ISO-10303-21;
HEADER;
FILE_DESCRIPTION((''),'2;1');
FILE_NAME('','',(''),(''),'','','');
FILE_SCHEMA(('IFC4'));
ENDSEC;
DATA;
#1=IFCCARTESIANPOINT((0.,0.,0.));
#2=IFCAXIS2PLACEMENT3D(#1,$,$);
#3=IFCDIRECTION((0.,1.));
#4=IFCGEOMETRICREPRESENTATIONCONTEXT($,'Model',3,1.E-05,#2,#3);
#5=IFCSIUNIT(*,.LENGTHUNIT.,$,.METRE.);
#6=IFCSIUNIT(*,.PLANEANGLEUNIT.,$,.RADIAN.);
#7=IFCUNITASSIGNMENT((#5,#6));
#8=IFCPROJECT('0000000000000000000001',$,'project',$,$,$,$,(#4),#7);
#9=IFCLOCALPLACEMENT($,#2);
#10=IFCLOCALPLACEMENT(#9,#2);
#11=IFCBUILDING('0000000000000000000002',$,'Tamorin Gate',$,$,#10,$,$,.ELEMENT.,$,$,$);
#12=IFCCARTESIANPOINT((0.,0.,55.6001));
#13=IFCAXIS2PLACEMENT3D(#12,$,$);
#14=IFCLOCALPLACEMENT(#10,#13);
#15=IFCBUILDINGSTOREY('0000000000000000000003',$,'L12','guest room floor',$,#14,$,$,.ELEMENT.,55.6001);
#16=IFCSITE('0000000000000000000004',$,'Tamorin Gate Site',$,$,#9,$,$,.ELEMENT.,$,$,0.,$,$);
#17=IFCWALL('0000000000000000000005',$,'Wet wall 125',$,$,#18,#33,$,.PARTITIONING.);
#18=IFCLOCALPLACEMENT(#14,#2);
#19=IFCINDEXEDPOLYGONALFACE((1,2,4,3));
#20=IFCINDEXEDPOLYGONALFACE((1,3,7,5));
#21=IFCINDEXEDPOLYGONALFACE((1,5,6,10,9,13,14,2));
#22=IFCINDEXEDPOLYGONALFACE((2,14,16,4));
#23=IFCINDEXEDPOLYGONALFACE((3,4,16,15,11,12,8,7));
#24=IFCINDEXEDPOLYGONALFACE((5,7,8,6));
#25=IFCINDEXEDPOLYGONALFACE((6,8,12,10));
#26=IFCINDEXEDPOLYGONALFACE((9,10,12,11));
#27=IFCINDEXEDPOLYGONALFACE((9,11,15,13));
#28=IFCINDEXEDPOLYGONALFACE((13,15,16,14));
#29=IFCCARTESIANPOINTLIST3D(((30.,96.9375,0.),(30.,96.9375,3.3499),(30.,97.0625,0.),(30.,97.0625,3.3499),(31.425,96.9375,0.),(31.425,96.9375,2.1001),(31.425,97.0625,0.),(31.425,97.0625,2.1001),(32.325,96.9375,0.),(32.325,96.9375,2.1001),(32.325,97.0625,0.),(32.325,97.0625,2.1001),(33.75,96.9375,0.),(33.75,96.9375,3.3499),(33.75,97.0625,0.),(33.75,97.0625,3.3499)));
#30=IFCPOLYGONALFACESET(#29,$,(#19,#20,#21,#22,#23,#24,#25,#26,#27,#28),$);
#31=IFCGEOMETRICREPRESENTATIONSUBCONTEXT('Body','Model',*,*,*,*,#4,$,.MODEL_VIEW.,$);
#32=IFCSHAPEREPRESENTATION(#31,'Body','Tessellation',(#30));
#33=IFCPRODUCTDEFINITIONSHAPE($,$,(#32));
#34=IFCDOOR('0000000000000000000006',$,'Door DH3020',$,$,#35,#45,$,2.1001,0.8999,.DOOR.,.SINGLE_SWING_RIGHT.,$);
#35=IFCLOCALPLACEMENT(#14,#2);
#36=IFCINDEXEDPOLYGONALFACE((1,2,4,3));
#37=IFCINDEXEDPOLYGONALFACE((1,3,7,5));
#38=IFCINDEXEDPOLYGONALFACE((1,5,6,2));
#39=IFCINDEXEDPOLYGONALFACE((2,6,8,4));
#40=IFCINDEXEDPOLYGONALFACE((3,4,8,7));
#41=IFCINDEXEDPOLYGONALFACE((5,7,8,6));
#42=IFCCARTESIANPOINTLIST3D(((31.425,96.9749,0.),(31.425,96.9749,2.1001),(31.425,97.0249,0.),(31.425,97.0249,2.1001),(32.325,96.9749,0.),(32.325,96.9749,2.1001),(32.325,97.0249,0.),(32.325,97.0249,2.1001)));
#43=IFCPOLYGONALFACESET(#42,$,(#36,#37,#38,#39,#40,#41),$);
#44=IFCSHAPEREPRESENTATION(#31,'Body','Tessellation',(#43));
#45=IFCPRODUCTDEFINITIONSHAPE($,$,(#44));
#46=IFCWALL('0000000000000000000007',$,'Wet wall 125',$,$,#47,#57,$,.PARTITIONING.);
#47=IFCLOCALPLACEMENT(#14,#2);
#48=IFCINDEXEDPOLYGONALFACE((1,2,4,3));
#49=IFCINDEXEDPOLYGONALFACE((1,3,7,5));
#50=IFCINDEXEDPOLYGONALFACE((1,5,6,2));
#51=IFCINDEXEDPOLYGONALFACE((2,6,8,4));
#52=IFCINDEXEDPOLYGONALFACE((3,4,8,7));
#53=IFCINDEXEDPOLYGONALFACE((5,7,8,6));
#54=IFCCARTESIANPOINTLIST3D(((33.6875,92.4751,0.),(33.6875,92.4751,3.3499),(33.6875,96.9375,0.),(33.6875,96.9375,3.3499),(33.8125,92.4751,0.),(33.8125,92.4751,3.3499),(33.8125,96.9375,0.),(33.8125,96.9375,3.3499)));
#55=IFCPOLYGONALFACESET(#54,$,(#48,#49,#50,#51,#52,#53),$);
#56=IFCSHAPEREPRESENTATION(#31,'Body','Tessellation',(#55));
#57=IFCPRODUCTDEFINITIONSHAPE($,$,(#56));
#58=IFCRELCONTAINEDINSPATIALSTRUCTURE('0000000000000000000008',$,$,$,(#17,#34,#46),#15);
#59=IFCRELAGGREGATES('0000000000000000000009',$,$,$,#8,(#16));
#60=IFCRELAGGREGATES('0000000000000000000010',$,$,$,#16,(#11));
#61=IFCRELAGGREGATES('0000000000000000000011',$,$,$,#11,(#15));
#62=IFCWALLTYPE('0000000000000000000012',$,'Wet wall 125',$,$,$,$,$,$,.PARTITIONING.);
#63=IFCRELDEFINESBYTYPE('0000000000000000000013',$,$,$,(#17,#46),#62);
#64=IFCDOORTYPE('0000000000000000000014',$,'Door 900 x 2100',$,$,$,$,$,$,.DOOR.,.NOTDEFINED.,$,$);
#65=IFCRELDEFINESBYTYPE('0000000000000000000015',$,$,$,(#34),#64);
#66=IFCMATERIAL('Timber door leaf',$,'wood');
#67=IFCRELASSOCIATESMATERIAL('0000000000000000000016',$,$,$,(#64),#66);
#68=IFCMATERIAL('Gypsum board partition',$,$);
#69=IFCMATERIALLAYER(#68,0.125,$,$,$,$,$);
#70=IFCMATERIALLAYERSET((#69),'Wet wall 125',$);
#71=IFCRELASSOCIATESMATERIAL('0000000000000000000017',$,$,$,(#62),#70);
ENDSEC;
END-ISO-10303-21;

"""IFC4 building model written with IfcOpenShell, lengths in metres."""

from ifc_helpers import new_model, si_unit, direction, frame, frame_2d, origin, place, context, subcontext, project, spatial, rectangle, extrude, material, layer, layer_set, type_object, element, fill, save


model = new_model("IFC4")

# Units and contexts
model_context = context("Model", 3, precision=1e-05, world=origin(), true_north=direction((0.0, 1.0)))
body_context = subcontext(model_context, "Body", "Model", "MODEL_VIEW")
ifc_project = project(units=[si_unit("LENGTHUNIT", "METRE"), si_unit("PLANEANGLEUNIT", "RADIAN")], contexts=[model_context])

# Site, building, storey
site_placement = place(None, origin())
site = spatial("IfcSite", under=ifc_project, at=site_placement, Name="Tamorin Gate Site", CompositionType="ELEMENT", RefElevation=0.0)
building_placement = place(site_placement, origin())
building = spatial("IfcBuilding", under=site, at=building_placement, Name="Tamorin Gate", CompositionType="ELEMENT")
storey_placement = place(building_placement, frame((0.0, 0.0, 55.6001)))
storey = spatial("IfcBuildingStorey", under=building, at=storey_placement, Name="L12", Description="guest room floor", CompositionType="ELEMENT", Elevation=55.6001)

# Shared definitions
ifc_material_1 = material(Name="Gypsum board partition")
ifc_material_2 = material(Name="Timber door leaf", Category="wood")

# Wall, opening, door
door_type_1 = type_object("IfcDoorType", Name="Door 900 x 2100", OperationType="NOTDEFINED", PredefinedType="DOOR", material=ifc_material_2)
ifc_layer_1 = layer(ifc_material_1, 0.125)
ifc_layer_set_1 = layer_set([ifc_layer_1], Name="Wet wall 125")
wall_type_1 = type_object("IfcWallType", Name="Wet wall 125", PredefinedType="PARTITIONING", material=ifc_layer_set_1)
wall_1_placement = place(storey_placement, frame((30.0, 97.0, 0.0), z_axis=(0.0, 0.0, 1.0), x_axis=(1.0, 0.0, 0.0)))
wall_1 = element("IfcWall", 1, at=wall_1_placement, inside=storey, type_object=wall_type_1, Name="Wet wall 125", PredefinedType="PARTITIONING", context=body_context, shape_type="SweptSolid", body=[
    extrude(rectangle(XDim=3.75, YDim=0.125, at=frame_2d((1.875, 0.0))), origin(), (0.0, 0.0, 1.0), 3.3499),
])
opening_1_placement = place(wall_1_placement, frame((1.425, 0.0, 0.0)))
opening_1 = element("IfcOpeningElement", 2, at=opening_1_placement, cuts=wall_1, PredefinedType="OPENING", context=body_context, shape_type="SweptSolid", body=[
    extrude(rectangle(XDim=0.8999, YDim=2.1001, at=frame_2d((0.45, 1.05))), frame((0.0, 0.0725, 0.0), z_axis=(0.0, -1.0, 0.0), x_axis=(1.0, 0.0, 0.0)), (0.0, 0.0, 1.0), 0.145),
])
door_1_placement = place(opening_1_placement, origin())
door_1 = element("IfcDoor", 3, at=door_1_placement, inside=storey, type_object=door_type_1, Name="Door DH3020", OperationType="SINGLE_SWING_RIGHT", OverallHeight=2.1001, OverallWidth=0.8999, PredefinedType="DOOR", context=body_context, shape_type="SweptSolid", body=[
    extrude(rectangle(XDim=0.8999, YDim=2.1001, at=frame_2d((0.45, 1.05))), frame((0.0, 0.0249, 0.0), z_axis=(0.0, -1.0, 0.0), x_axis=(1.0, 0.0, 0.0)), (0.0, 0.0, 1.0), 0.05),
])
fill(opening_1, door_1)

# Wall
wall_2_placement = place(storey_placement, frame((33.75, 92.4751, 0.0), z_axis=(0.0, 0.0, 1.0), x_axis=(0.0, 1.0, 0.0)))
element("IfcWall", 4, at=wall_2_placement, inside=storey, type_object=wall_type_1, Name="Wet wall 125", PredefinedType="PARTITIONING", context=body_context, shape_type="SweptSolid", body=[
    extrude(rectangle(XDim=4.4624, YDim=0.125, at=frame_2d((2.2312, 0.0))), origin(), (0.0, 0.0, 1.0), 3.3499),
])

save(model, "model.ifc")
